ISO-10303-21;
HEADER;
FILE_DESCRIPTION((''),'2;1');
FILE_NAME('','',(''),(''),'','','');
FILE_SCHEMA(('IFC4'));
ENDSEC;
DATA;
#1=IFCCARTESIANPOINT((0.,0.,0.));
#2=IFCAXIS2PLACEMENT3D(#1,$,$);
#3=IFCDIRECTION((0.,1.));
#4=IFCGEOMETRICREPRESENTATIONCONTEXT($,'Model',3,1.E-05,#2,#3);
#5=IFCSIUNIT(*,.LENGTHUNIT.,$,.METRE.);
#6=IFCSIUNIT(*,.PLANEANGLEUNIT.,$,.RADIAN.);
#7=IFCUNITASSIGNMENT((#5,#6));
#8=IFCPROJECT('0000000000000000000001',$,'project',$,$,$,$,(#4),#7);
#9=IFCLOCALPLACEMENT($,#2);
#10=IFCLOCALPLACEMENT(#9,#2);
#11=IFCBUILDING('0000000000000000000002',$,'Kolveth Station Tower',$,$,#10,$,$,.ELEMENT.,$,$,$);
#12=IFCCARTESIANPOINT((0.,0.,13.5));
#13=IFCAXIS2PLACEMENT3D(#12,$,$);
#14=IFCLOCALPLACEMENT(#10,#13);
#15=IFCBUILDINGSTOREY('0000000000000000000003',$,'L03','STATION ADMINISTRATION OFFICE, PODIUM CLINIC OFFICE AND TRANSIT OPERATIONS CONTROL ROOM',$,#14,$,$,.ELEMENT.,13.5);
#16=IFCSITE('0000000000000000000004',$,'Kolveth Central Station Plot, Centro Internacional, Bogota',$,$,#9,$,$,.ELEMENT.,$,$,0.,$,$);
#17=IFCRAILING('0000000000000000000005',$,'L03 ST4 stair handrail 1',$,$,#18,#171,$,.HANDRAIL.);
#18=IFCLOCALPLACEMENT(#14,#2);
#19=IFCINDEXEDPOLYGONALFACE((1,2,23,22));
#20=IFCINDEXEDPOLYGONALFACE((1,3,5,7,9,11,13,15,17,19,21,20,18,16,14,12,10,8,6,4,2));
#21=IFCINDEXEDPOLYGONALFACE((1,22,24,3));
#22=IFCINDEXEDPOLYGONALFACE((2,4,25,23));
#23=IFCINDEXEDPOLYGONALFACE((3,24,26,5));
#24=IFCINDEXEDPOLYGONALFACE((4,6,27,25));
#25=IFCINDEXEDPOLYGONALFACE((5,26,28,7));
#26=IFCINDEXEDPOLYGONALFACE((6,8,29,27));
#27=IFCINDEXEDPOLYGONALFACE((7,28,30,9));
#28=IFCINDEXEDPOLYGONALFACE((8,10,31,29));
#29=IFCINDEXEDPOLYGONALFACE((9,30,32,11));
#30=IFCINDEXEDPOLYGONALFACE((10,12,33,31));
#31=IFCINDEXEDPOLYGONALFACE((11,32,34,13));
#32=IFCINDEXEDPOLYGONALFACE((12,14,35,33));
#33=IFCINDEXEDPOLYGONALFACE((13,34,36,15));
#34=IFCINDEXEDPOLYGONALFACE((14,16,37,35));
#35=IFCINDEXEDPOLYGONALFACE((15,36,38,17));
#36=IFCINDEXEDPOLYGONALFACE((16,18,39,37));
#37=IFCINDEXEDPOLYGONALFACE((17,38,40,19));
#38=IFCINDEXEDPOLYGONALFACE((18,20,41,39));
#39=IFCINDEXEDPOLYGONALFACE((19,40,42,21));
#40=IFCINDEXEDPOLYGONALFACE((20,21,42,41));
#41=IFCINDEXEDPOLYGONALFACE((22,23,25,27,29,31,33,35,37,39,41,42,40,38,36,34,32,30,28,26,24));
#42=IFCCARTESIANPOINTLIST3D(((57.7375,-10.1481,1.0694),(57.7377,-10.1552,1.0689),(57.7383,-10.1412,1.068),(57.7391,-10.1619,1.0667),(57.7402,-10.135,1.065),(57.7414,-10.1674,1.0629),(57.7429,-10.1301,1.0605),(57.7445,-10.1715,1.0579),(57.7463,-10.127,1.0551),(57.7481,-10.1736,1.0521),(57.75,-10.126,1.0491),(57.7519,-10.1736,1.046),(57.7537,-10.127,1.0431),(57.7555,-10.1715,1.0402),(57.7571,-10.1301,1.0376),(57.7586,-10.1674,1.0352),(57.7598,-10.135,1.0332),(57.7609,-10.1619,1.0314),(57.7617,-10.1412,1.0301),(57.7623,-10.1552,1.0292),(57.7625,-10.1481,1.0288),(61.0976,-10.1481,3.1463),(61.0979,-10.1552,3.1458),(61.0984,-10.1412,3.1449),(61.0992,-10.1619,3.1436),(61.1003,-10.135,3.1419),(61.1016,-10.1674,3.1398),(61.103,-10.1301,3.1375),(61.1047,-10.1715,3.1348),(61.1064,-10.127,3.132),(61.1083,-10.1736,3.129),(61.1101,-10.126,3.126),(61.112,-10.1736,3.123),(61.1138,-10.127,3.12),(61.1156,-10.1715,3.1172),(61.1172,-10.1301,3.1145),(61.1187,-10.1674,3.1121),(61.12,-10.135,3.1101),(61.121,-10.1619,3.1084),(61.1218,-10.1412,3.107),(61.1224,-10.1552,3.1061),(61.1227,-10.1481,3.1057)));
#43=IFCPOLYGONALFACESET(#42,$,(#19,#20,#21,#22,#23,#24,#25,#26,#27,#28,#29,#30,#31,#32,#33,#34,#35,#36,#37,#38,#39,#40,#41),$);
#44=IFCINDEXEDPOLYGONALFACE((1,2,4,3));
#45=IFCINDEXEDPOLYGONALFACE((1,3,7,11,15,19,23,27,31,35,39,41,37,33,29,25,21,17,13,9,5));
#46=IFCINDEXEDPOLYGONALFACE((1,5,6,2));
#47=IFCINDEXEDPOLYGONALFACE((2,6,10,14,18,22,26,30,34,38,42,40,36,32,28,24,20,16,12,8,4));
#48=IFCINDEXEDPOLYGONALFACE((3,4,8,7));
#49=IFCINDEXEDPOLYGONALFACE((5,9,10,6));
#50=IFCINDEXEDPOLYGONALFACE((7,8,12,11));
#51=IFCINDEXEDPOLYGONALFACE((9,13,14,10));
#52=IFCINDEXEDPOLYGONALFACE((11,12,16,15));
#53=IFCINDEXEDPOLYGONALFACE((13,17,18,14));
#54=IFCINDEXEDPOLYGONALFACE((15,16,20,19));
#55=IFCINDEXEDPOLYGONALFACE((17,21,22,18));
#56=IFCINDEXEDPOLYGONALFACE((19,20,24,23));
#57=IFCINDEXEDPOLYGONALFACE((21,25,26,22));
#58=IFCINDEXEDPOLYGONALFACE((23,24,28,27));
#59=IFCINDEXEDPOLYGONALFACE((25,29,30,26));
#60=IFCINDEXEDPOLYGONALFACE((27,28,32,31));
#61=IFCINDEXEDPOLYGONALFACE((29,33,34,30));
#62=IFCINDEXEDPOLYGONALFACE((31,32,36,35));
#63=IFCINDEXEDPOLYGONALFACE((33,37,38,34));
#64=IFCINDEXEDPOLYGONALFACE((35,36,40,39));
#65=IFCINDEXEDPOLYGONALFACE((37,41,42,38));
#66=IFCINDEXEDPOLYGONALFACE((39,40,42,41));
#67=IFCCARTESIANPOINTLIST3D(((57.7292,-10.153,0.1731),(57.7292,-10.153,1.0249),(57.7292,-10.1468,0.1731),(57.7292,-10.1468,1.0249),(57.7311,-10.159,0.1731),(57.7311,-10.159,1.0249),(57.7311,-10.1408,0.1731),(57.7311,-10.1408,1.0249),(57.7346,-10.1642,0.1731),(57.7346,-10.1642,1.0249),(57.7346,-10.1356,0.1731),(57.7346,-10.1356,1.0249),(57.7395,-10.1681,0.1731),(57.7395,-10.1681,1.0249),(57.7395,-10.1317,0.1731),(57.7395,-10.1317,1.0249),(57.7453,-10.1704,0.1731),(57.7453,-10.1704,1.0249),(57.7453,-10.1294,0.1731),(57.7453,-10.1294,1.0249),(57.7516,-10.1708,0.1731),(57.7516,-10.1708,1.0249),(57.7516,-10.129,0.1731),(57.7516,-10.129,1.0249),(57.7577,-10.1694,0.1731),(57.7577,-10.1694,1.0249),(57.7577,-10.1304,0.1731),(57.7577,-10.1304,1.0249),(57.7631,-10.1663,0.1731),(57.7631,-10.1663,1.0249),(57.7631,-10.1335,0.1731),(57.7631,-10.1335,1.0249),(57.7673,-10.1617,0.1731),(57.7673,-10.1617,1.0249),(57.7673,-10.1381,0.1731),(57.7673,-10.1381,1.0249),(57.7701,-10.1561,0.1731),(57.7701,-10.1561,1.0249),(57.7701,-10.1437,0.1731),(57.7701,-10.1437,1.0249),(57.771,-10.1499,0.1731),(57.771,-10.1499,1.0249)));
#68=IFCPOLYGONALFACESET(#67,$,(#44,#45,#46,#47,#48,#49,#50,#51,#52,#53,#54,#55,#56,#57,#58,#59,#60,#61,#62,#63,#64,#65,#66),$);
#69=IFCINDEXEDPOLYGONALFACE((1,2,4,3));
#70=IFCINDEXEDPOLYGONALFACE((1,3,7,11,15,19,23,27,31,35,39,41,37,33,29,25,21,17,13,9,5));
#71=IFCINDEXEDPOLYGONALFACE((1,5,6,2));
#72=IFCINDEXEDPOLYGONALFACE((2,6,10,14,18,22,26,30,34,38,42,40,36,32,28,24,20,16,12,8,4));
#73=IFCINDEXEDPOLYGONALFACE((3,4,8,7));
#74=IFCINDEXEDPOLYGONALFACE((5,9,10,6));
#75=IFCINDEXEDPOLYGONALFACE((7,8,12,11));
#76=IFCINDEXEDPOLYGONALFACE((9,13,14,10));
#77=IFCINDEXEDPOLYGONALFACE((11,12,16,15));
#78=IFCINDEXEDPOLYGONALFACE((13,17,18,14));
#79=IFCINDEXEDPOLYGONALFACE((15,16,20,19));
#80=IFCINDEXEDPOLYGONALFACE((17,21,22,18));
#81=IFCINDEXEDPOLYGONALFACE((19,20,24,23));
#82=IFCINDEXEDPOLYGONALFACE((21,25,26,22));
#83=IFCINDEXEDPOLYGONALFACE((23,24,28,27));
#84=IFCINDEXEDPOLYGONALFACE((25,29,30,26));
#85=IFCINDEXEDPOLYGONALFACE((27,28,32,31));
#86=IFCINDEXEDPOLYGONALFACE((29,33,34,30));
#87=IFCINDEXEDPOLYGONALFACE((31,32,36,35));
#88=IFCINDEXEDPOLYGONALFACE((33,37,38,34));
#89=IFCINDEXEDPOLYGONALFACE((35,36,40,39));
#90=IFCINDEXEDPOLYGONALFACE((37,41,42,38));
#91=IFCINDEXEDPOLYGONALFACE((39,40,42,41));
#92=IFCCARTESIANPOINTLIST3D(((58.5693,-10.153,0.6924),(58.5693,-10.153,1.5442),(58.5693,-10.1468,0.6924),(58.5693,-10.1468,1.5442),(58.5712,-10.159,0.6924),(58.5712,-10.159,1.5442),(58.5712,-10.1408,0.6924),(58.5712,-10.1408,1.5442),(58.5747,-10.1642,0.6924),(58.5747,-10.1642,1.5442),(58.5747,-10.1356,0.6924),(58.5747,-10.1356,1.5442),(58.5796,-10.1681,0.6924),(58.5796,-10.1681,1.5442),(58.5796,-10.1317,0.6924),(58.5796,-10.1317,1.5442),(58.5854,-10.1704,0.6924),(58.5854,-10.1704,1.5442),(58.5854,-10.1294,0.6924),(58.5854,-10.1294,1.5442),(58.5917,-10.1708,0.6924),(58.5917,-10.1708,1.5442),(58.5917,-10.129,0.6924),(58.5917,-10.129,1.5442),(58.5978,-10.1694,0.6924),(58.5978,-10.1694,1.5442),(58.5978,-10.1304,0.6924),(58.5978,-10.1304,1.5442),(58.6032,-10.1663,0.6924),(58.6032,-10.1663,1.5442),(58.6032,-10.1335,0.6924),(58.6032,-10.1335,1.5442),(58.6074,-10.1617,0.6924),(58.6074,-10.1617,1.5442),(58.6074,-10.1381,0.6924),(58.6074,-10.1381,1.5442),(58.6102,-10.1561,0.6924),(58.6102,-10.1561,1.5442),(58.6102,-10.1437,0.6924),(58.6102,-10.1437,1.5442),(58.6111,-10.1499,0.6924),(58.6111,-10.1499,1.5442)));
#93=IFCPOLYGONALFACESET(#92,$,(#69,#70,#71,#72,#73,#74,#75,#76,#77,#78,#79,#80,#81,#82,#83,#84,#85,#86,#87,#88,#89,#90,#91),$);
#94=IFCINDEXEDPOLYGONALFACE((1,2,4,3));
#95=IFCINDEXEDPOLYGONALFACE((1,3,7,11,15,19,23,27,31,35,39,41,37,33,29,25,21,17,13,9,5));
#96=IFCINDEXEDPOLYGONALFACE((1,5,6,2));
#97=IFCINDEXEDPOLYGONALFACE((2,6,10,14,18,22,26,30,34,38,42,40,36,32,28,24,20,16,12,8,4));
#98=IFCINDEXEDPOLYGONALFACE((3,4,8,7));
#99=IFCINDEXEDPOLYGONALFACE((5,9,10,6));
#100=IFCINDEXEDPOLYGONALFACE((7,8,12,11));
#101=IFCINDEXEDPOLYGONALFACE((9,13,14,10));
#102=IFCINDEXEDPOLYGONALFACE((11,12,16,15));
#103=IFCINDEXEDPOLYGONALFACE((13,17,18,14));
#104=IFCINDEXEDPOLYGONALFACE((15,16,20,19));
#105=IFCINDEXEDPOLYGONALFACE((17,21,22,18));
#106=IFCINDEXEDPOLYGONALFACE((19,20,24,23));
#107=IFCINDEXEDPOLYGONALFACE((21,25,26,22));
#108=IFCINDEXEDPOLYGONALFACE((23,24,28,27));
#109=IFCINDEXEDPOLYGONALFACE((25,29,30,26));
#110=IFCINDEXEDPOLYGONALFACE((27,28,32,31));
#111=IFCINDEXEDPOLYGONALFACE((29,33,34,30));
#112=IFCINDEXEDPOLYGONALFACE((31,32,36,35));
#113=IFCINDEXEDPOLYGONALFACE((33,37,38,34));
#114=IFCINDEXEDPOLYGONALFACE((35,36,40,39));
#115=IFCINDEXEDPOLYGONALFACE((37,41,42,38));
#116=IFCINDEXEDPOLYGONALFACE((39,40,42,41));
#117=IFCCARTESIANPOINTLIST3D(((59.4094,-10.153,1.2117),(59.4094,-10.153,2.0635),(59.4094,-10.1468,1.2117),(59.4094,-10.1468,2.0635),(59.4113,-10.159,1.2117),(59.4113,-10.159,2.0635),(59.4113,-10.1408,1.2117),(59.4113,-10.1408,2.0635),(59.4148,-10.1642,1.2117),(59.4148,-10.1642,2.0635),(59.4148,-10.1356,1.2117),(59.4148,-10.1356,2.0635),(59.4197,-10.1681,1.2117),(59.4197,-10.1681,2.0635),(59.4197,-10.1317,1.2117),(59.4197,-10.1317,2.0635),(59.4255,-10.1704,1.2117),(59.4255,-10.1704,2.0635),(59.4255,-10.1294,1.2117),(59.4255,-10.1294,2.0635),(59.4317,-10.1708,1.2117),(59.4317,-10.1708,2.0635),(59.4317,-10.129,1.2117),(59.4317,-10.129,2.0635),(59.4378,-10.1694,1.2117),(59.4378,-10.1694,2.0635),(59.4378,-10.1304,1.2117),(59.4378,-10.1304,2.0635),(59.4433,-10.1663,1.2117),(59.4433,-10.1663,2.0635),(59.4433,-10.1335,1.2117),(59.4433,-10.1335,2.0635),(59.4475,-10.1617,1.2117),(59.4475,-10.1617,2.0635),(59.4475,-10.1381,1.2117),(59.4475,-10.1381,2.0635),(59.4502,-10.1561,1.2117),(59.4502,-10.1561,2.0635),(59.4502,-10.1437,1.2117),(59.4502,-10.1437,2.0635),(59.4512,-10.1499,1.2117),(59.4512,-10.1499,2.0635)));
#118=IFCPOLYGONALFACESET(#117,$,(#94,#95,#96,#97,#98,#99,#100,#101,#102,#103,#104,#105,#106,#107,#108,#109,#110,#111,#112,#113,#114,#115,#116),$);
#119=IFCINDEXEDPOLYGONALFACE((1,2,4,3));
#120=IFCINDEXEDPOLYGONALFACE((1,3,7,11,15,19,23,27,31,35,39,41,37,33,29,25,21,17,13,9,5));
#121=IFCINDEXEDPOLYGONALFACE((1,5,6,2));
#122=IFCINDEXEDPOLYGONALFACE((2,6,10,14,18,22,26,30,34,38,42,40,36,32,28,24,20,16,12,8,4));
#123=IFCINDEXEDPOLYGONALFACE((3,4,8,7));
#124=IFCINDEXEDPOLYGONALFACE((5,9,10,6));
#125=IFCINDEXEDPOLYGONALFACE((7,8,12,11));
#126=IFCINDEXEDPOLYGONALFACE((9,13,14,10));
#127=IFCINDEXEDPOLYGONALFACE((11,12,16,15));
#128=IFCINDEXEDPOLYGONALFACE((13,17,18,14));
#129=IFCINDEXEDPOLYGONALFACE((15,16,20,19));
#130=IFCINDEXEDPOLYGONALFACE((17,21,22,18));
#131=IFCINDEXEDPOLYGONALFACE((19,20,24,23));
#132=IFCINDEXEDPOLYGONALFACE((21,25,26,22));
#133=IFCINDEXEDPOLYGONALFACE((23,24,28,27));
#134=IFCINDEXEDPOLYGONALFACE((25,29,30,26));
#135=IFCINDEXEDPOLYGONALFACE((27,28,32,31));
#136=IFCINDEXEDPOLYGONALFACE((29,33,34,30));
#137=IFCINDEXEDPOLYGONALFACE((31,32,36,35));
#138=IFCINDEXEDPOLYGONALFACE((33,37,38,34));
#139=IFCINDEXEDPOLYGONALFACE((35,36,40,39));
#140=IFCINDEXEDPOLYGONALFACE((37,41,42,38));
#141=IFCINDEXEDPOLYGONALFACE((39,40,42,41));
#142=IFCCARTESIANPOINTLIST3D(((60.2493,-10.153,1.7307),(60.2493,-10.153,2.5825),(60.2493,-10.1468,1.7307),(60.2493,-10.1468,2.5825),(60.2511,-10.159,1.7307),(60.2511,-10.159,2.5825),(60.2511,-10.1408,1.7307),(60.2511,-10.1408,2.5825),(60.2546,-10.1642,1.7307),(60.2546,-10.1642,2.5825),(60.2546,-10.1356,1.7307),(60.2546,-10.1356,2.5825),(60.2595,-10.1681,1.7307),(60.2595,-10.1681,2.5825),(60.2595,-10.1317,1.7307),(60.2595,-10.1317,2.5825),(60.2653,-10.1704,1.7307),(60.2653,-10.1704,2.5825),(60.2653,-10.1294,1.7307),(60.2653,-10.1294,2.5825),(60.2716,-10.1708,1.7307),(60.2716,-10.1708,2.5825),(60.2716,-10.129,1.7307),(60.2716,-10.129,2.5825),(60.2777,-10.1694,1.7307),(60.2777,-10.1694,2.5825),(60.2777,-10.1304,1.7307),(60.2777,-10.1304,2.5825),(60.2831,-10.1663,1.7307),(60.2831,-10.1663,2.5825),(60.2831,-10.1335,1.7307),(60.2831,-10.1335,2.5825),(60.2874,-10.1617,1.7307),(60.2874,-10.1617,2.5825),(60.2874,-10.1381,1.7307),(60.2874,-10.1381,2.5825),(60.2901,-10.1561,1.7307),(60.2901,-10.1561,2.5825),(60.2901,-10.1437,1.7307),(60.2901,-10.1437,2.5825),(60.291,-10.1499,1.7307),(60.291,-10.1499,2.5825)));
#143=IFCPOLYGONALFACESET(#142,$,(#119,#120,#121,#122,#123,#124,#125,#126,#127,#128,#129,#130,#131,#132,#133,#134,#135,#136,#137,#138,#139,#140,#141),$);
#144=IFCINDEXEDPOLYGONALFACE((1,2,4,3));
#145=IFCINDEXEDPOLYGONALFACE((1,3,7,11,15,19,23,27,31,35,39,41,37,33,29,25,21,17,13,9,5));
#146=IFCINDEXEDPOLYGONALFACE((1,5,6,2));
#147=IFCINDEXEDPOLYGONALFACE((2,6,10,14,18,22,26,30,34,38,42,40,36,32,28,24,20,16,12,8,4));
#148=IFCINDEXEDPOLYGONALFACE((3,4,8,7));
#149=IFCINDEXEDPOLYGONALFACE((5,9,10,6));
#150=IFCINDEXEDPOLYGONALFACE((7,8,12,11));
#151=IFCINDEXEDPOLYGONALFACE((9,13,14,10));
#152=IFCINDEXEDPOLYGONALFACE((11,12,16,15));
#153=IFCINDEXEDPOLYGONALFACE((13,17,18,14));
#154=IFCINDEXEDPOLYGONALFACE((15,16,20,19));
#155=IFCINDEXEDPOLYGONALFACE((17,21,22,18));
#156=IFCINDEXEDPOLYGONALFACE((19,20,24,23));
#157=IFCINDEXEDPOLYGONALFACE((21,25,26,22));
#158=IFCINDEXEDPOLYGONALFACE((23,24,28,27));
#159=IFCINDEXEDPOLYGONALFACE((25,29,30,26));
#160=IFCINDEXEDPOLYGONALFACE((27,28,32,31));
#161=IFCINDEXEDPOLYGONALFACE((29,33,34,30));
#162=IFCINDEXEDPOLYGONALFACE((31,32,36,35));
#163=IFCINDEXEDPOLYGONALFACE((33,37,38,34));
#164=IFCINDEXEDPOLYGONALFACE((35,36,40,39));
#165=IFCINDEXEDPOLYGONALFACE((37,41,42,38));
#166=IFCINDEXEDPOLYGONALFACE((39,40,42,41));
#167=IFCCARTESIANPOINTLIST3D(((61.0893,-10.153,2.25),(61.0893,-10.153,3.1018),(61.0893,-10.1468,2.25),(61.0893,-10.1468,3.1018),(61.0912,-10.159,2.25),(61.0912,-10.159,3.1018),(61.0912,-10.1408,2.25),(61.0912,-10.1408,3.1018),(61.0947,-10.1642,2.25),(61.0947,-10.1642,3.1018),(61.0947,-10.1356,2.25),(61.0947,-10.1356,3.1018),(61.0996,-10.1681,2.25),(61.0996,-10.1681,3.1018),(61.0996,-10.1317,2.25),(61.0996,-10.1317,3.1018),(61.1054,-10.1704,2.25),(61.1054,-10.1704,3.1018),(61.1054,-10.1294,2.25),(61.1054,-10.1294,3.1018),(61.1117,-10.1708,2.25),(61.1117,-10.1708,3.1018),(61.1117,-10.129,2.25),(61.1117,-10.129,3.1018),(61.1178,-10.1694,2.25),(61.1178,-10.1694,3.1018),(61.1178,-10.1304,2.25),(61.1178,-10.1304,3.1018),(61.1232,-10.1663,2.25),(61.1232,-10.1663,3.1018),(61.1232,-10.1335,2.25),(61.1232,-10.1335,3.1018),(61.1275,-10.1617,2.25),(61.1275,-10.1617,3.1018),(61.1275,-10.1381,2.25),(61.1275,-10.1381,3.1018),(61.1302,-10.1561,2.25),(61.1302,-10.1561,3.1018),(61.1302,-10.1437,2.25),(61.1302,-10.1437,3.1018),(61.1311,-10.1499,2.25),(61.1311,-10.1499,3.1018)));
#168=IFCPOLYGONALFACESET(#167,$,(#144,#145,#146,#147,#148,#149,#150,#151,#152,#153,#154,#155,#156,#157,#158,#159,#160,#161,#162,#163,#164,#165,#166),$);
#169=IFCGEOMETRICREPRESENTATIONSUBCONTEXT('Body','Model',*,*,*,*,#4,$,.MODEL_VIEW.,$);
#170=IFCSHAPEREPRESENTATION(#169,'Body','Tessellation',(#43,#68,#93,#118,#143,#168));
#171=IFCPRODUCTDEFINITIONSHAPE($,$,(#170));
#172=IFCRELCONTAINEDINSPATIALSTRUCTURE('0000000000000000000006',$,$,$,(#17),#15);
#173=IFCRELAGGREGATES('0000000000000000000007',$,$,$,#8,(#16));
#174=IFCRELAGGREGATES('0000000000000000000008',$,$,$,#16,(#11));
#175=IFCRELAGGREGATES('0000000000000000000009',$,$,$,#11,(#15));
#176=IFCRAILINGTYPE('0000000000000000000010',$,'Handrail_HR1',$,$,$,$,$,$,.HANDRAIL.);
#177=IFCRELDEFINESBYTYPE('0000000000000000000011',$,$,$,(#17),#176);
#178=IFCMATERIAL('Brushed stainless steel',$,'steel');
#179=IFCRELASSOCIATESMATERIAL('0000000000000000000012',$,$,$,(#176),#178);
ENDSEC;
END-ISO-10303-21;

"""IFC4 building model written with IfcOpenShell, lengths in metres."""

from ifc_helpers import new_model, si_unit, direction, frame, origin, origin_2d, place, context, subcontext, project, spatial, circle, extrude, material, type_object, element, save


model = new_model("IFC4")

# Units and contexts
model_context = context("Model", 3, precision=1e-05, world=origin(), true_north=direction((0.0, 1.0)))
body_context = subcontext(model_context, "Body", "Model", "MODEL_VIEW")
ifc_project = project(units=[si_unit("LENGTHUNIT", "METRE"), si_unit("PLANEANGLEUNIT", "RADIAN")], contexts=[model_context])

# Site, building, storey
site_placement = place(None, origin())
site = spatial("IfcSite", under=ifc_project, at=site_placement, Name="Kolveth Central Station Plot, Centro Internacional, Bogota", CompositionType="ELEMENT", RefElevation=0.0)
building_placement = place(site_placement, origin())
building = spatial("IfcBuilding", under=site, at=building_placement, Name="Kolveth Station Tower", CompositionType="ELEMENT")
storey_placement = place(building_placement, frame((0.0, 0.0, 13.5)))
storey = spatial("IfcBuildingStorey", under=building, at=storey_placement, Name="L03", Description="STATION ADMINISTRATION OFFICE, PODIUM CLINIC OFFICE AND TRANSIT OPERATIONS CONTROL ROOM", CompositionType="ELEMENT", Elevation=13.5)

# Railing
ifc_material_1 = material(Name="Brushed stainless steel", Category="steel")
railing_type_1 = type_object("IfcRailingType", Name="Handrail_HR1", PredefinedType="HANDRAIL", material=ifc_material_1)
railing_1_placement = place(storey_placement, frame((57.75, -10.1499, 0.1731)))
element("IfcRailing", 1, at=railing_1_placement, inside=storey, type_object=railing_type_1, Name="L03 ST4 stair handrail 1", PredefinedType="HANDRAIL", context=body_context, shape_type="SweptSolid", body=[
    extrude(circle(Radius=0.0239, at=origin_2d()), frame((0.0, 0.0, 0.876), z_axis=(0.850623, 0.0, 0.525776), x_axis=(0.0, 1.0, 0.0)), (0.0, 0.0, 1.0), 3.9502),
    extrude(circle(Radius=0.021, at=origin_2d()), origin(), (0.0, 0.0, 1.0), 0.8518),
    extrude(circle(Radius=0.021, at=origin_2d()), frame((0.8401, 0.0, 0.5193)), (0.0, 0.0, 1.0), 0.8518),
    extrude(circle(Radius=0.021, at=origin_2d()), frame((1.6802, 0.0, 1.0386)), (0.0, 0.0, 1.0), 0.8518),
    extrude(circle(Radius=0.021, at=origin_2d()), frame((2.52, 0.0, 1.5576)), (0.0, 0.0, 1.0), 0.8518),
    extrude(circle(Radius=0.021, at=origin_2d()), frame((3.3601, 0.0, 2.0769)), (0.0, 0.0, 1.0), 0.8518),
])

save(model, "model.ifc")
